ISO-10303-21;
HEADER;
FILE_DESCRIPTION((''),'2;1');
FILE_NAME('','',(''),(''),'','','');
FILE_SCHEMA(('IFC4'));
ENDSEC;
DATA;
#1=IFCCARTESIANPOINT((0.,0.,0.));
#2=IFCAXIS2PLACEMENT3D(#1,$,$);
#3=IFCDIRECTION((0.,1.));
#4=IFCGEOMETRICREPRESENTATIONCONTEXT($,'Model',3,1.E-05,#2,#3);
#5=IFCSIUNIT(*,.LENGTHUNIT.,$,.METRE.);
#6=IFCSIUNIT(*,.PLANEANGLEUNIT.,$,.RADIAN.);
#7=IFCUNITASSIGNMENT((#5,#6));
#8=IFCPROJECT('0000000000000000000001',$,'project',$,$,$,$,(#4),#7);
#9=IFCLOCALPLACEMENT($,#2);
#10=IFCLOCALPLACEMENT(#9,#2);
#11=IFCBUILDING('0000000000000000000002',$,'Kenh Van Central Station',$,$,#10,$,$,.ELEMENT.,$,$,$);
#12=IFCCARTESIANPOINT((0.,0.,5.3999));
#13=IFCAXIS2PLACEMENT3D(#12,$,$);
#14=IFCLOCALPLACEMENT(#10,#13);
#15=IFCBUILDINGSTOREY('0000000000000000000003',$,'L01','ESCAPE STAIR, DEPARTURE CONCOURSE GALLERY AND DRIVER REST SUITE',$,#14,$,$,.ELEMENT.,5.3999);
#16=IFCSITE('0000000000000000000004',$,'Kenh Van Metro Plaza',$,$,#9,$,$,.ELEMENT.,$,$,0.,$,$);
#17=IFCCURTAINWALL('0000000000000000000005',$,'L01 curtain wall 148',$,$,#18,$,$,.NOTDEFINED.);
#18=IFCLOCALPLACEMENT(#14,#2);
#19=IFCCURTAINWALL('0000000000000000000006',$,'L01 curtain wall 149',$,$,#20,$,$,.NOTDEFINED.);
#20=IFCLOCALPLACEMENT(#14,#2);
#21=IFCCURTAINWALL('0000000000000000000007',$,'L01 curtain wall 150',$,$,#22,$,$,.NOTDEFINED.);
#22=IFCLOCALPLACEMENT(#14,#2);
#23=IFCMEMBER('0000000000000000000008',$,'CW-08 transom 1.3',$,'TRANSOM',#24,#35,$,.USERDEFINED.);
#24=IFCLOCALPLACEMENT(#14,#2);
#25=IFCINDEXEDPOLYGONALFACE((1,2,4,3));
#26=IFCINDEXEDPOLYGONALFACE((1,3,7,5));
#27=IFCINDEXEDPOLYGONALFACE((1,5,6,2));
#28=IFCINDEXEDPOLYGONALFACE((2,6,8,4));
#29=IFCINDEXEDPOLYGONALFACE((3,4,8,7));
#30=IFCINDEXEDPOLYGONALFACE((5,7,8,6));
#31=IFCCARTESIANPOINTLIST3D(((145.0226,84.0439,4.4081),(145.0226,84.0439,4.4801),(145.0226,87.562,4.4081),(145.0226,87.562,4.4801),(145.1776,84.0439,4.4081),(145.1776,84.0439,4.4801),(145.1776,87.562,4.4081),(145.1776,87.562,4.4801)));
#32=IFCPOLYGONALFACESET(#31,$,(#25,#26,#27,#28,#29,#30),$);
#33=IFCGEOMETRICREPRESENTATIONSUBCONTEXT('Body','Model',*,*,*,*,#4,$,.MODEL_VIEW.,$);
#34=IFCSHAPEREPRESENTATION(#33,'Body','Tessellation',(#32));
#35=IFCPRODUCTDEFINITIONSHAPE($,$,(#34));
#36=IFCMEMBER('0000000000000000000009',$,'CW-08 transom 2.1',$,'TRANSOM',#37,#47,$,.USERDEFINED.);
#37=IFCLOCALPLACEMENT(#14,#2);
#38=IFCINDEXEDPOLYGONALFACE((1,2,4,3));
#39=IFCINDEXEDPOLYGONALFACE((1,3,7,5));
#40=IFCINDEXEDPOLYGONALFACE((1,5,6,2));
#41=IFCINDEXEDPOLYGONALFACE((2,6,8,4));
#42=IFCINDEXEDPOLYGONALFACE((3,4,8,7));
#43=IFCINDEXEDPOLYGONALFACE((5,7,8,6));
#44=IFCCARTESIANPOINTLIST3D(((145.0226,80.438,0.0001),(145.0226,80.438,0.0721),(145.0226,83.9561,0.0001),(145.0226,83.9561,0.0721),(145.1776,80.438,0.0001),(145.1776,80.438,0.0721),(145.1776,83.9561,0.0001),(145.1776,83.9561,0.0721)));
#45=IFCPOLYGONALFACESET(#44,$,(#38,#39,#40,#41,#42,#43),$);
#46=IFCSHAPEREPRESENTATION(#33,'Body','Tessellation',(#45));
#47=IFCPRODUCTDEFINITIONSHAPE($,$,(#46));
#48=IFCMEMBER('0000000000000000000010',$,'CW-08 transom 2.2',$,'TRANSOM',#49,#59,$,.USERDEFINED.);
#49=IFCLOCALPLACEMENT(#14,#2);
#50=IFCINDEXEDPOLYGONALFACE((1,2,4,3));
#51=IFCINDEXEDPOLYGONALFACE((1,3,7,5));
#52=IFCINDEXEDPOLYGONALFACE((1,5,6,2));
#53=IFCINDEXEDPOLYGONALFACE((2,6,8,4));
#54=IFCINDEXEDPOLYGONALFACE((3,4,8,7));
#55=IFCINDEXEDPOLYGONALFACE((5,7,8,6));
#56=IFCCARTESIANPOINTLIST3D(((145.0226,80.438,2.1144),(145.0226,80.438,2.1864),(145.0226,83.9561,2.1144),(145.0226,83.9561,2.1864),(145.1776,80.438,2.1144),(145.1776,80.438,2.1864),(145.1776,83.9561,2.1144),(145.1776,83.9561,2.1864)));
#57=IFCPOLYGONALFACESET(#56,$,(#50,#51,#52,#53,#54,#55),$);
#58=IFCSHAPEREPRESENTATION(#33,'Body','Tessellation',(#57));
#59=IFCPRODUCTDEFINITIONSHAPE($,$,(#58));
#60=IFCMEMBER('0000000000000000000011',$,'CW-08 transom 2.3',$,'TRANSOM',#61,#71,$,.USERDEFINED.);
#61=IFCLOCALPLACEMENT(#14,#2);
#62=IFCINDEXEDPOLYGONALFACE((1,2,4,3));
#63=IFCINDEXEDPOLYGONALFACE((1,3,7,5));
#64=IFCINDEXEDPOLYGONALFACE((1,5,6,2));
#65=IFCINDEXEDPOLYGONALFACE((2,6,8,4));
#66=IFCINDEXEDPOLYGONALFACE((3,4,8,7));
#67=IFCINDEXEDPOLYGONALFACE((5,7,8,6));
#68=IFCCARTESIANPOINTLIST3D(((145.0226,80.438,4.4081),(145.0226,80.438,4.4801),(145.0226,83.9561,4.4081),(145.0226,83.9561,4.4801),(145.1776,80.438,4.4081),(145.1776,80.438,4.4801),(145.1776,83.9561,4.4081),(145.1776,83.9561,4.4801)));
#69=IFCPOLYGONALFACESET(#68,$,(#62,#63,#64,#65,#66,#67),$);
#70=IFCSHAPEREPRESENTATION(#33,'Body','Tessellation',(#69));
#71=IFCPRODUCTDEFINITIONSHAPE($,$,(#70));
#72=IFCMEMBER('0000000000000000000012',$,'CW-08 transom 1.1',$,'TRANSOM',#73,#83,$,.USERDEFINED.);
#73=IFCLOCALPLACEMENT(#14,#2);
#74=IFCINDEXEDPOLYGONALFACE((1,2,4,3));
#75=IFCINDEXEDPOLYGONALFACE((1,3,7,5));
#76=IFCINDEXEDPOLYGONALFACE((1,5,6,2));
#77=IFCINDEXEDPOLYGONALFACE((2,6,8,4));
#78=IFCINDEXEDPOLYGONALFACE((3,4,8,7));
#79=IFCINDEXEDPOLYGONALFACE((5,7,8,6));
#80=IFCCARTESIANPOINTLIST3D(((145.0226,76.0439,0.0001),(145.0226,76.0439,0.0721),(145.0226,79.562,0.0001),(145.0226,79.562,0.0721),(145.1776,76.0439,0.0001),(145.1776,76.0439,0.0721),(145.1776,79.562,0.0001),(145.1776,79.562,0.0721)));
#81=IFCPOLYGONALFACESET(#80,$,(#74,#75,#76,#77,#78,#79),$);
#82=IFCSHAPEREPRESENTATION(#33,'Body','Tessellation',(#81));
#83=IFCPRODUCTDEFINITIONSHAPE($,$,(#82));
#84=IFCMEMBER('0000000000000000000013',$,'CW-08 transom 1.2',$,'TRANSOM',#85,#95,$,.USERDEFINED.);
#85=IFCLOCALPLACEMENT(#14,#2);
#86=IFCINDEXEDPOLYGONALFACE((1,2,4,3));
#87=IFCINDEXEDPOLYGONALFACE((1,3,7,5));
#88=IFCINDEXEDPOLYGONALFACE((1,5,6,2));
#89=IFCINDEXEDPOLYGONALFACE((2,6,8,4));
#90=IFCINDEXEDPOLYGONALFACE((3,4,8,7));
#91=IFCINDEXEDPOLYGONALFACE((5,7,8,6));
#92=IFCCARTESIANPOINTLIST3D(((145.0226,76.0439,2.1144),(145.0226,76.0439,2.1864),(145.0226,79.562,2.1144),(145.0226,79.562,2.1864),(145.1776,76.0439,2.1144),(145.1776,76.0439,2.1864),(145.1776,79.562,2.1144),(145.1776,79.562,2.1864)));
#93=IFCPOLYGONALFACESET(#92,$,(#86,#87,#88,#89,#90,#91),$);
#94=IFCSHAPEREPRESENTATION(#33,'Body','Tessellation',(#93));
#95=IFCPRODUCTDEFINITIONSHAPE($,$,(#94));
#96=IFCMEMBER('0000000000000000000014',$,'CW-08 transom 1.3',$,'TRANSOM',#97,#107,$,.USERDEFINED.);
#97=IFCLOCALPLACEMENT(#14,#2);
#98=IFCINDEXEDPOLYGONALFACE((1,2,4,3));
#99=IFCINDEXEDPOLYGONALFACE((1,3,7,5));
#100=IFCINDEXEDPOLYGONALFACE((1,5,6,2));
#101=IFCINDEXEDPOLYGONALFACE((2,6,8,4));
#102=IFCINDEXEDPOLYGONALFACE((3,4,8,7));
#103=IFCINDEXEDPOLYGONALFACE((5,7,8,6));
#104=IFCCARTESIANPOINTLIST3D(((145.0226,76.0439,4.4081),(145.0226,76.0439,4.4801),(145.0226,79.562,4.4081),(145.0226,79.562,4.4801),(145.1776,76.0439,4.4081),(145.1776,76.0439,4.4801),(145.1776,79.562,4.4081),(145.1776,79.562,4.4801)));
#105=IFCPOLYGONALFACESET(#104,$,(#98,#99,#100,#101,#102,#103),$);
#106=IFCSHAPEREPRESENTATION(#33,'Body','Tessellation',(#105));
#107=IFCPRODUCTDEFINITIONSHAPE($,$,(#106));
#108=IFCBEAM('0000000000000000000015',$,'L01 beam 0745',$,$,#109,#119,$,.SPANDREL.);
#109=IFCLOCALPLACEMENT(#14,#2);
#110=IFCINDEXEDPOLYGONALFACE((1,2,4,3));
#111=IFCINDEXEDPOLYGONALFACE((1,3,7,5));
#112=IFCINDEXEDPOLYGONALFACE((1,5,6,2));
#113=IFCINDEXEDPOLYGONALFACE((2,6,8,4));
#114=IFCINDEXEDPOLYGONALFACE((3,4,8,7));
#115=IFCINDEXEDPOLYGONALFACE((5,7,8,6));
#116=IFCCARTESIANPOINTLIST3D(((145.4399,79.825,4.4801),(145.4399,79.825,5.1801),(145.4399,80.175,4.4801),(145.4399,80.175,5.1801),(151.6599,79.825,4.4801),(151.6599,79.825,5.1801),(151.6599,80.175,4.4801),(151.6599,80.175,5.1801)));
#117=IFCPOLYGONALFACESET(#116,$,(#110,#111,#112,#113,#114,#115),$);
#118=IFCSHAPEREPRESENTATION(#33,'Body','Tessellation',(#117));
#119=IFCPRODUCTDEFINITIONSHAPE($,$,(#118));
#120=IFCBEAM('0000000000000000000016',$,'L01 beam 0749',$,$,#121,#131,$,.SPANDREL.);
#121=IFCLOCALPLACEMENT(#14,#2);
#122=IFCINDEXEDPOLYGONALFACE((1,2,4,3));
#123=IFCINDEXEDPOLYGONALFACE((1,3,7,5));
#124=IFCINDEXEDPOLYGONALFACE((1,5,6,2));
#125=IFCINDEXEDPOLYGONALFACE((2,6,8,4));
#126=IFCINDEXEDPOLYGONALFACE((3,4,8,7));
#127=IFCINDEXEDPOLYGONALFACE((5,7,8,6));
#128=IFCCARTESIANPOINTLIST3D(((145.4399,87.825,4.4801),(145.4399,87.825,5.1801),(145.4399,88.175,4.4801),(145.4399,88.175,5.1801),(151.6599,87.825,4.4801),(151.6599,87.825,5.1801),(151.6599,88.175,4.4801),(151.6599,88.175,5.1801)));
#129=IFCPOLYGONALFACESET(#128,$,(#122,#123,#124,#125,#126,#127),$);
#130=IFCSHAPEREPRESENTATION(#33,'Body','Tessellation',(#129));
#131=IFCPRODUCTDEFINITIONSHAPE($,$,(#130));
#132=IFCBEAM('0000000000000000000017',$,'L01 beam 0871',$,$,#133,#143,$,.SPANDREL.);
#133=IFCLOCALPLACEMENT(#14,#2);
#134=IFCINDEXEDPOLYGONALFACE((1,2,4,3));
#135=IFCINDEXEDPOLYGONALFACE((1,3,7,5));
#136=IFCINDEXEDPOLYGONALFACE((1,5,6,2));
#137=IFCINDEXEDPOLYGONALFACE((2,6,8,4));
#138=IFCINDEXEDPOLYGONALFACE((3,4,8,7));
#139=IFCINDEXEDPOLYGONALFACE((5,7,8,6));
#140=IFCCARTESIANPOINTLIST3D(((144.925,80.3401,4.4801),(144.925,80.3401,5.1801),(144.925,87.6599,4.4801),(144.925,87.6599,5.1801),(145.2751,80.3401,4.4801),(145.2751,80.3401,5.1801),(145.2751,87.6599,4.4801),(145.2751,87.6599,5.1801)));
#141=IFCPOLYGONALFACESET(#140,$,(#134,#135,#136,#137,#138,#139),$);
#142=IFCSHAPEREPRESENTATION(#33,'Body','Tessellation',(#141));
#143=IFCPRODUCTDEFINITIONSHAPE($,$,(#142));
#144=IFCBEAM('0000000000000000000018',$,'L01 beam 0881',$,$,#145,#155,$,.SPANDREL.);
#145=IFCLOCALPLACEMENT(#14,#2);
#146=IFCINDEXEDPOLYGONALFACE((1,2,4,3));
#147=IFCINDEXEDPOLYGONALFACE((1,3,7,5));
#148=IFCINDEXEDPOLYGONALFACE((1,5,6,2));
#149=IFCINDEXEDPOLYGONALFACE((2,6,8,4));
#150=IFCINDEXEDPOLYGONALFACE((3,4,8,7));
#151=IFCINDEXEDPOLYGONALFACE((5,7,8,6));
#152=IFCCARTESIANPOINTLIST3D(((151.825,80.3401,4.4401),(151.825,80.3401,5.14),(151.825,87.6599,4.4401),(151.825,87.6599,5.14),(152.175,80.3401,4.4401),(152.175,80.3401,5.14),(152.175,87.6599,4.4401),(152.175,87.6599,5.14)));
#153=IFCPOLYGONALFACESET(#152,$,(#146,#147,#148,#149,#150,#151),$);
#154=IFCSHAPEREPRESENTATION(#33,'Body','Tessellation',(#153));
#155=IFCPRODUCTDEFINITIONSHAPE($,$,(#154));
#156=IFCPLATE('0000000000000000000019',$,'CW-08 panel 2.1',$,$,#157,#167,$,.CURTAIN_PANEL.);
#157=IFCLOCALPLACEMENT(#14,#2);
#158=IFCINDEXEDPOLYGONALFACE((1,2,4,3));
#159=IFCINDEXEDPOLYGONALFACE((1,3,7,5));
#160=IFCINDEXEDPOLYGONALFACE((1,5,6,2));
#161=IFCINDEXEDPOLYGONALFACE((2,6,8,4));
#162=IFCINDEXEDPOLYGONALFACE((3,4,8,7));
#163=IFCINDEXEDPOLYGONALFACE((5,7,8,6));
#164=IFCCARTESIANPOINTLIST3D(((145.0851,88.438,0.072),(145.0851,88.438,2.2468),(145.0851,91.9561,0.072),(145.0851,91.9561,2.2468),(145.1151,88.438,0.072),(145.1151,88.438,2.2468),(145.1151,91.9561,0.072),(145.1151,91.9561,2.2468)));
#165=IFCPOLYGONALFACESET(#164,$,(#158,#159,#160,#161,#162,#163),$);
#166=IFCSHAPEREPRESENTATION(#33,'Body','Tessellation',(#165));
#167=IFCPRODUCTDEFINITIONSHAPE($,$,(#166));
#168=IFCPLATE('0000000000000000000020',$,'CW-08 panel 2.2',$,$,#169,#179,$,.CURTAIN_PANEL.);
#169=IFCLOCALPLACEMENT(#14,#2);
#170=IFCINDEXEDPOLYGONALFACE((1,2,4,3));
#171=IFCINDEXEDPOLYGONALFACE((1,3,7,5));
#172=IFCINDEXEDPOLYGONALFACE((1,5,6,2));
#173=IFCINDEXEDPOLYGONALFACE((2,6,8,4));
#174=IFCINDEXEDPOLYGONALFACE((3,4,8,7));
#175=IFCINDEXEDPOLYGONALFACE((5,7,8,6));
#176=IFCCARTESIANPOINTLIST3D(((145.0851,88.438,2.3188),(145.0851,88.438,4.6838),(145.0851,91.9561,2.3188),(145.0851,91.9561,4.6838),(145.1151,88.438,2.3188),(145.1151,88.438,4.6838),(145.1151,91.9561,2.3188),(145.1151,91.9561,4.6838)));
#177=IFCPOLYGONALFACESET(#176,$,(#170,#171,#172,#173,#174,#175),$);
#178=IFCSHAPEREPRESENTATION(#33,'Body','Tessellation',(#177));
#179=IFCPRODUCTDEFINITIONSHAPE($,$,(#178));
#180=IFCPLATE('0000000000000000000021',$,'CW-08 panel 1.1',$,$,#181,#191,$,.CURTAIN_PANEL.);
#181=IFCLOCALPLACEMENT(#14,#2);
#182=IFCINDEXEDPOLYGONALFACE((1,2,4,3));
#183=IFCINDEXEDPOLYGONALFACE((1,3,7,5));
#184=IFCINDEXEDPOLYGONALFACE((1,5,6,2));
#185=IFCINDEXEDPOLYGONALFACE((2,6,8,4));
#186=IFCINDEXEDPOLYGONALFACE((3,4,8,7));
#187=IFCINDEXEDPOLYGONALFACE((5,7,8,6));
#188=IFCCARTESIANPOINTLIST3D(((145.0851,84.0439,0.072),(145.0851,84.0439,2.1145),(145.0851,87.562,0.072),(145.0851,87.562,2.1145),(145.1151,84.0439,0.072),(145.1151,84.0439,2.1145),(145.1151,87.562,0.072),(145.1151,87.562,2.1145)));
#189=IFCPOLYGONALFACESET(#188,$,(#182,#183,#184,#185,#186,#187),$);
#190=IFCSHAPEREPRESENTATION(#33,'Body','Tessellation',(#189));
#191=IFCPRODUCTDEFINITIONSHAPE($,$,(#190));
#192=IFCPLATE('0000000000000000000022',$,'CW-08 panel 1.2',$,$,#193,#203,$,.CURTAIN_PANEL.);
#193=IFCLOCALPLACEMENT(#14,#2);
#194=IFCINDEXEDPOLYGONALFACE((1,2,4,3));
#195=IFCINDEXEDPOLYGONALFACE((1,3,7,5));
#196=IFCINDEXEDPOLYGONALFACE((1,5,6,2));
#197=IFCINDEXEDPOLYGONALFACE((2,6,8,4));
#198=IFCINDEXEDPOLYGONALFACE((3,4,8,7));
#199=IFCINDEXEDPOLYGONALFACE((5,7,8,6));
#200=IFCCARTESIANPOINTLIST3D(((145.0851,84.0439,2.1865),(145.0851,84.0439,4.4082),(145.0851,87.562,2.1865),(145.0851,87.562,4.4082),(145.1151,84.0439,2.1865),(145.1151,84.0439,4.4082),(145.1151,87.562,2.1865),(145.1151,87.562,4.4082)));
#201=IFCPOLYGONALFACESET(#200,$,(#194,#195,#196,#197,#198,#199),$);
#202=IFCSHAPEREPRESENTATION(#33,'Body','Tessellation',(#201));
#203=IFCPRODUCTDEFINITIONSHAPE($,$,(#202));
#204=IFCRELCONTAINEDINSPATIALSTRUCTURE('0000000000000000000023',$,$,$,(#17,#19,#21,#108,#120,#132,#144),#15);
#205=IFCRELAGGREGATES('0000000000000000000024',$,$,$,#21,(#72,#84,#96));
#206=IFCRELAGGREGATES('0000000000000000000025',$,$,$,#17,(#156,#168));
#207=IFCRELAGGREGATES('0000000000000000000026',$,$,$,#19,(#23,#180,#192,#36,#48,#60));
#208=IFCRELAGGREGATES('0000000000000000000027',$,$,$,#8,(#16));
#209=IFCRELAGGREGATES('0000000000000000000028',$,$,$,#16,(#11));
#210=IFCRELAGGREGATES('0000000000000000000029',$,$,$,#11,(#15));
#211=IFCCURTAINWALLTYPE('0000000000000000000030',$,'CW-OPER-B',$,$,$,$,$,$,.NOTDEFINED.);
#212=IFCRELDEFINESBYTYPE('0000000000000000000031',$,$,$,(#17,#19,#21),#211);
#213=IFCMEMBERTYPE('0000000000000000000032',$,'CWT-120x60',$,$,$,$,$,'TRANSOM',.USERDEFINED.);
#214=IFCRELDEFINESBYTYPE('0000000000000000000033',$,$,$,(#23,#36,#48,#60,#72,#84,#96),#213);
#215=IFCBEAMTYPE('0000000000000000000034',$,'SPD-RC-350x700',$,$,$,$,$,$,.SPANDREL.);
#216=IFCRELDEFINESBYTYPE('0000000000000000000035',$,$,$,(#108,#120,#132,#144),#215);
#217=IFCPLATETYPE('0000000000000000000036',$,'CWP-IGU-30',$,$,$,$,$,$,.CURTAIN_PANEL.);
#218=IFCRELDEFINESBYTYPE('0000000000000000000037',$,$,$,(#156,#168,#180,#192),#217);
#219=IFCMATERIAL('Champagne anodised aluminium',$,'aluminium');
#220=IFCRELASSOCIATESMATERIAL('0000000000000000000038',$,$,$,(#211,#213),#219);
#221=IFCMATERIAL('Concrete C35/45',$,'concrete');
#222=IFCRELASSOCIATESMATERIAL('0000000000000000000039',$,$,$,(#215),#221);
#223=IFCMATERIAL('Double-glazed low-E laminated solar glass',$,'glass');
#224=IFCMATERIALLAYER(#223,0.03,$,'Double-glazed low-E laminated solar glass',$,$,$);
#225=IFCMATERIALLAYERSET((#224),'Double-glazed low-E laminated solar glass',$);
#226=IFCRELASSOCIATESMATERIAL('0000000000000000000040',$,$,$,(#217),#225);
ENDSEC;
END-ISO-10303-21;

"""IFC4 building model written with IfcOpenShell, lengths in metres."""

from ifc_helpers import new_model, si_unit, direction, frame, origin, origin_2d, place, context, subcontext, project, spatial, rectangle, extrude, material, layer, layer_set, material_profile, profile_set, type_object, element, aggregate, save


model = new_model("IFC4")

# Units and contexts
model_context = context("Model", 3, precision=1e-05, world=origin(), true_north=direction((0.0, 1.0)))
body_context = subcontext(model_context, "Body", "Model", "MODEL_VIEW")
ifc_project = project(units=[si_unit("LENGTHUNIT", "METRE"), si_unit("PLANEANGLEUNIT", "RADIAN")], contexts=[model_context])

# Site, building, storey
site_placement = place(None, origin())
site = spatial("IfcSite", under=ifc_project, at=site_placement, Name="Kenh Van Metro Plaza", CompositionType="ELEMENT", RefElevation=0.0)
building_placement = place(site_placement, origin())
building = spatial("IfcBuilding", under=site, at=building_placement, Name="Kenh Van Central Station", CompositionType="ELEMENT")
storey_placement = place(building_placement, frame((0.0, 0.0, 5.3999)))
storey = spatial("IfcBuildingStorey", under=building, at=storey_placement, Name="L01", Description="ESCAPE STAIR, DEPARTURE CONCOURSE GALLERY AND DRIVER REST SUITE", CompositionType="ELEMENT", Elevation=5.3999)

# Curtain wall
ifc_material_1 = material(Name="Champagne anodised aluminium", Category="aluminium")
curtain_wall_type = type_object("IfcCurtainWallType", Name="CW-OPER-B", PredefinedType="NOTDEFINED", material=ifc_material_1)
curtain_wall_1_placement = place(storey_placement, origin())
curtain_wall_1 = element("IfcCurtainWall", 1, at=curtain_wall_1_placement, inside=storey, type_object=curtain_wall_type, Name="L01 curtain wall 148", PredefinedType="NOTDEFINED")

# Curtain wall
curtain_wall_2_placement = place(storey_placement, origin())
curtain_wall_2 = element("IfcCurtainWall", 2, at=curtain_wall_2_placement, inside=storey, type_object=curtain_wall_type, Name="L01 curtain wall 149", PredefinedType="NOTDEFINED")

# Curtain wall
curtain_wall_3_placement = place(storey_placement, origin())
curtain_wall_3 = element("IfcCurtainWall", 3, at=curtain_wall_3_placement, inside=storey, type_object=curtain_wall_type, Name="L01 curtain wall 150", PredefinedType="NOTDEFINED")

# Members
ifc_material_profile_1 = material_profile(ifc_material_1, rectangle(XDim=0.155, YDim=0.072, at=origin_2d()), Name="AL 155x72")
ifc_profile_set_1 = profile_set([ifc_material_profile_1], Name="Champagne anodised aluminium")
member_type_1 = type_object("IfcMemberType", Name="CWT-120x60", ElementType="TRANSOM", PredefinedType="USERDEFINED", material=ifc_profile_set_1)
member_1_placement = place(storey_placement, frame((145.1001, 87.562, 4.4441), z_axis=(0.0, -1.0, 0.0), x_axis=(1.0, 0.0, 0.0)))
member_1 = element("IfcMember", 4, at=member_1_placement, type_object=member_type_1, Name="CW-08 transom 1.3", ObjectType="TRANSOM", PredefinedType="USERDEFINED", context=body_context, shape_type="SweptSolid", body=[
    extrude(rectangle(XDim=0.155, YDim=0.072, at=origin_2d()), origin(), (0.0, 0.0, 1.0), 3.5181),
])
member_2_placement = place(storey_placement, frame((145.1001, 83.9561, 0.0361), z_axis=(0.0, -1.0, 0.0), x_axis=(1.0, 0.0, 0.0)))
member_2 = element("IfcMember", 5, at=member_2_placement, type_object=member_type_1, Name="CW-08 transom 2.1", ObjectType="TRANSOM", PredefinedType="USERDEFINED", context=body_context, shape_type="SweptSolid", body=[
    extrude(rectangle(XDim=0.155, YDim=0.072, at=origin_2d()), origin(), (0.0, 0.0, 1.0), 3.5181),
])
member_3_placement = place(storey_placement, frame((145.1001, 83.9561, 2.1504), z_axis=(0.0, -1.0, 0.0), x_axis=(1.0, 0.0, 0.0)))
member_3 = element("IfcMember", 6, at=member_3_placement, type_object=member_type_1, Name="CW-08 transom 2.2", ObjectType="TRANSOM", PredefinedType="USERDEFINED", context=body_context, shape_type="SweptSolid", body=[
    extrude(rectangle(XDim=0.155, YDim=0.072, at=origin_2d()), origin(), (0.0, 0.0, 1.0), 3.5181),
])
member_4_placement = place(storey_placement, frame((145.1001, 83.9561, 4.4441), z_axis=(0.0, -1.0, 0.0), x_axis=(1.0, 0.0, 0.0)))
member_4 = element("IfcMember", 7, at=member_4_placement, type_object=member_type_1, Name="CW-08 transom 2.3", ObjectType="TRANSOM", PredefinedType="USERDEFINED", context=body_context, shape_type="SweptSolid", body=[
    extrude(rectangle(XDim=0.155, YDim=0.072, at=origin_2d()), origin(), (0.0, 0.0, 1.0), 3.5181),
])
member_5_placement = place(storey_placement, frame((145.1001, 79.562, 0.0361), z_axis=(0.0, -1.0, 0.0), x_axis=(1.0, 0.0, 0.0)))
member_5 = element("IfcMember", 8, at=member_5_placement, type_object=member_type_1, Name="CW-08 transom 1.1", ObjectType="TRANSOM", PredefinedType="USERDEFINED", context=body_context, shape_type="SweptSolid", body=[
    extrude(rectangle(XDim=0.155, YDim=0.072, at=origin_2d()), origin(), (0.0, 0.0, 1.0), 3.5181),
])
member_6_placement = place(storey_placement, frame((145.1001, 79.562, 2.1504), z_axis=(0.0, -1.0, 0.0), x_axis=(1.0, 0.0, 0.0)))
member_6 = element("IfcMember", 9, at=member_6_placement, type_object=member_type_1, Name="CW-08 transom 1.2", ObjectType="TRANSOM", PredefinedType="USERDEFINED", context=body_context, shape_type="SweptSolid", body=[
    extrude(rectangle(XDim=0.155, YDim=0.072, at=origin_2d()), origin(), (0.0, 0.0, 1.0), 3.5181),
])
member_7_placement = place(storey_placement, frame((145.1001, 79.562, 4.4441), z_axis=(0.0, -1.0, 0.0), x_axis=(1.0, 0.0, 0.0)))
member_7 = element("IfcMember", 10, at=member_7_placement, type_object=member_type_1, Name="CW-08 transom 1.3", ObjectType="TRANSOM", PredefinedType="USERDEFINED", context=body_context, shape_type="SweptSolid", body=[
    extrude(rectangle(XDim=0.155, YDim=0.072, at=origin_2d()), origin(), (0.0, 0.0, 1.0), 3.5181),
])
aggregate(curtain_wall_3, [member_5, member_6, member_7])

# Beams
ifc_material_2 = material(Name="Concrete C35/45", Category="concrete")
ifc_material_profile_2 = material_profile(ifc_material_2, rectangle(XDim=0.3501, YDim=0.7, at=origin_2d()), Name="RC 350x700")
ifc_profile_set_2 = profile_set([ifc_material_profile_2], Name="Concrete C35/45")
beam_type_1 = type_object("IfcBeamType", Name="SPD-RC-350x700", PredefinedType="SPANDREL", material=ifc_profile_set_2)
for number, where, z_axis, x_axis, name in (
    (11, (145.4399, 80.0, 4.8301), (1.0, 0.0, 0.0), (0.0, 1.0, 0.0), "L01 beam 0745"),
    (12, (145.4399, 88.0, 4.8301), (1.0, 0.0, 0.0), (0.0, 1.0, 0.0), "L01 beam 0749"),
):
    element("IfcBeam", number, at=place(storey_placement, frame(where, z_axis=z_axis, x_axis=x_axis)), inside=storey, type_object=beam_type_1, Name=name, PredefinedType="SPANDREL", context=body_context, shape_type="SweptSolid", body=[
        extrude(rectangle(XDim=0.3501, YDim=0.7, at=origin_2d()), origin(), (0.0, 0.0, 1.0), 6.22),
    ])
for number, where, z_axis, x_axis, name in (
    (13, (145.1001, 80.3401, 4.8301), (0.0, 1.0, 0.0), (-1.0, 0.0, 0.0), "L01 beam 0871"),
    (14, (152.0, 80.3401, 4.79), (0.0, 1.0, 0.0), (-1.0, 0.0, 0.0), "L01 beam 0881"),
):
    element("IfcBeam", number, at=place(storey_placement, frame(where, z_axis=z_axis, x_axis=x_axis)), inside=storey, type_object=beam_type_1, Name=name, PredefinedType="SPANDREL", context=body_context, shape_type="SweptSolid", body=[
        extrude(rectangle(XDim=0.3501, YDim=0.7, at=origin_2d()), origin(), (0.0, 0.0, 1.0), 7.3198),
    ])

# Plates
ifc_material_3 = material(Name="Double-glazed low-E laminated solar glass", Category="glass")
ifc_layer_1 = layer(ifc_material_3, 0.03, Name="Double-glazed low-E laminated solar glass")
ifc_layer_set_1 = layer_set([ifc_layer_1], Name="Double-glazed low-E laminated solar glass")
plate_type = type_object("IfcPlateType", Name="CWP-IGU-30", PredefinedType="CURTAIN_PANEL", material=ifc_layer_set_1)
plate_1_placement = place(storey_placement, frame((145.1001, 90.197, 0.072), z_axis=(0.0, 0.0, 1.0), x_axis=(0.0, -1.0, 0.0)))
plate_1 = element("IfcPlate", 15, at=plate_1_placement, type_object=plate_type, Name="CW-08 panel 2.1", PredefinedType="CURTAIN_PANEL", context=body_context, shape_type="SweptSolid", body=[
    extrude(rectangle(XDim=3.5181, YDim=0.03, at=origin_2d()), origin(), (0.0, 0.0, 1.0), 2.1748),
])
plate_2_placement = place(storey_placement, frame((145.1001, 90.197, 2.3188), z_axis=(0.0, 0.0, 1.0), x_axis=(0.0, -1.0, 0.0)))
plate_2 = element("IfcPlate", 16, at=plate_2_placement, type_object=plate_type, Name="CW-08 panel 2.2", PredefinedType="CURTAIN_PANEL", context=body_context, shape_type="SweptSolid", body=[
    extrude(rectangle(XDim=3.5181, YDim=0.03, at=origin_2d()), origin(), (0.0, 0.0, 1.0), 2.365),
])
aggregate(curtain_wall_1, [plate_1, plate_2])
plate_3_placement = place(storey_placement, frame((145.1001, 85.803, 0.072), z_axis=(0.0, 0.0, 1.0), x_axis=(0.0, -1.0, 0.0)))
plate_3 = element("IfcPlate", 17, at=plate_3_placement, type_object=plate_type, Name="CW-08 panel 1.1", PredefinedType="CURTAIN_PANEL", context=body_context, shape_type="SweptSolid", body=[
    extrude(rectangle(XDim=3.5181, YDim=0.03, at=origin_2d()), origin(), (0.0, 0.0, 1.0), 2.0425),
])
plate_4_placement = place(storey_placement, frame((145.1001, 85.803, 2.1865), z_axis=(0.0, 0.0, 1.0), x_axis=(0.0, -1.0, 0.0)))
plate_4 = element("IfcPlate", 18, at=plate_4_placement, type_object=plate_type, Name="CW-08 panel 1.2", PredefinedType="CURTAIN_PANEL", context=body_context, shape_type="SweptSolid", body=[
    extrude(rectangle(XDim=3.5181, YDim=0.03, at=origin_2d()), origin(), (0.0, 0.0, 1.0), 2.2217),
])
aggregate(curtain_wall_2, [member_1, plate_3, plate_4, member_2, member_3, member_4])

save(model, "model.ifc")
